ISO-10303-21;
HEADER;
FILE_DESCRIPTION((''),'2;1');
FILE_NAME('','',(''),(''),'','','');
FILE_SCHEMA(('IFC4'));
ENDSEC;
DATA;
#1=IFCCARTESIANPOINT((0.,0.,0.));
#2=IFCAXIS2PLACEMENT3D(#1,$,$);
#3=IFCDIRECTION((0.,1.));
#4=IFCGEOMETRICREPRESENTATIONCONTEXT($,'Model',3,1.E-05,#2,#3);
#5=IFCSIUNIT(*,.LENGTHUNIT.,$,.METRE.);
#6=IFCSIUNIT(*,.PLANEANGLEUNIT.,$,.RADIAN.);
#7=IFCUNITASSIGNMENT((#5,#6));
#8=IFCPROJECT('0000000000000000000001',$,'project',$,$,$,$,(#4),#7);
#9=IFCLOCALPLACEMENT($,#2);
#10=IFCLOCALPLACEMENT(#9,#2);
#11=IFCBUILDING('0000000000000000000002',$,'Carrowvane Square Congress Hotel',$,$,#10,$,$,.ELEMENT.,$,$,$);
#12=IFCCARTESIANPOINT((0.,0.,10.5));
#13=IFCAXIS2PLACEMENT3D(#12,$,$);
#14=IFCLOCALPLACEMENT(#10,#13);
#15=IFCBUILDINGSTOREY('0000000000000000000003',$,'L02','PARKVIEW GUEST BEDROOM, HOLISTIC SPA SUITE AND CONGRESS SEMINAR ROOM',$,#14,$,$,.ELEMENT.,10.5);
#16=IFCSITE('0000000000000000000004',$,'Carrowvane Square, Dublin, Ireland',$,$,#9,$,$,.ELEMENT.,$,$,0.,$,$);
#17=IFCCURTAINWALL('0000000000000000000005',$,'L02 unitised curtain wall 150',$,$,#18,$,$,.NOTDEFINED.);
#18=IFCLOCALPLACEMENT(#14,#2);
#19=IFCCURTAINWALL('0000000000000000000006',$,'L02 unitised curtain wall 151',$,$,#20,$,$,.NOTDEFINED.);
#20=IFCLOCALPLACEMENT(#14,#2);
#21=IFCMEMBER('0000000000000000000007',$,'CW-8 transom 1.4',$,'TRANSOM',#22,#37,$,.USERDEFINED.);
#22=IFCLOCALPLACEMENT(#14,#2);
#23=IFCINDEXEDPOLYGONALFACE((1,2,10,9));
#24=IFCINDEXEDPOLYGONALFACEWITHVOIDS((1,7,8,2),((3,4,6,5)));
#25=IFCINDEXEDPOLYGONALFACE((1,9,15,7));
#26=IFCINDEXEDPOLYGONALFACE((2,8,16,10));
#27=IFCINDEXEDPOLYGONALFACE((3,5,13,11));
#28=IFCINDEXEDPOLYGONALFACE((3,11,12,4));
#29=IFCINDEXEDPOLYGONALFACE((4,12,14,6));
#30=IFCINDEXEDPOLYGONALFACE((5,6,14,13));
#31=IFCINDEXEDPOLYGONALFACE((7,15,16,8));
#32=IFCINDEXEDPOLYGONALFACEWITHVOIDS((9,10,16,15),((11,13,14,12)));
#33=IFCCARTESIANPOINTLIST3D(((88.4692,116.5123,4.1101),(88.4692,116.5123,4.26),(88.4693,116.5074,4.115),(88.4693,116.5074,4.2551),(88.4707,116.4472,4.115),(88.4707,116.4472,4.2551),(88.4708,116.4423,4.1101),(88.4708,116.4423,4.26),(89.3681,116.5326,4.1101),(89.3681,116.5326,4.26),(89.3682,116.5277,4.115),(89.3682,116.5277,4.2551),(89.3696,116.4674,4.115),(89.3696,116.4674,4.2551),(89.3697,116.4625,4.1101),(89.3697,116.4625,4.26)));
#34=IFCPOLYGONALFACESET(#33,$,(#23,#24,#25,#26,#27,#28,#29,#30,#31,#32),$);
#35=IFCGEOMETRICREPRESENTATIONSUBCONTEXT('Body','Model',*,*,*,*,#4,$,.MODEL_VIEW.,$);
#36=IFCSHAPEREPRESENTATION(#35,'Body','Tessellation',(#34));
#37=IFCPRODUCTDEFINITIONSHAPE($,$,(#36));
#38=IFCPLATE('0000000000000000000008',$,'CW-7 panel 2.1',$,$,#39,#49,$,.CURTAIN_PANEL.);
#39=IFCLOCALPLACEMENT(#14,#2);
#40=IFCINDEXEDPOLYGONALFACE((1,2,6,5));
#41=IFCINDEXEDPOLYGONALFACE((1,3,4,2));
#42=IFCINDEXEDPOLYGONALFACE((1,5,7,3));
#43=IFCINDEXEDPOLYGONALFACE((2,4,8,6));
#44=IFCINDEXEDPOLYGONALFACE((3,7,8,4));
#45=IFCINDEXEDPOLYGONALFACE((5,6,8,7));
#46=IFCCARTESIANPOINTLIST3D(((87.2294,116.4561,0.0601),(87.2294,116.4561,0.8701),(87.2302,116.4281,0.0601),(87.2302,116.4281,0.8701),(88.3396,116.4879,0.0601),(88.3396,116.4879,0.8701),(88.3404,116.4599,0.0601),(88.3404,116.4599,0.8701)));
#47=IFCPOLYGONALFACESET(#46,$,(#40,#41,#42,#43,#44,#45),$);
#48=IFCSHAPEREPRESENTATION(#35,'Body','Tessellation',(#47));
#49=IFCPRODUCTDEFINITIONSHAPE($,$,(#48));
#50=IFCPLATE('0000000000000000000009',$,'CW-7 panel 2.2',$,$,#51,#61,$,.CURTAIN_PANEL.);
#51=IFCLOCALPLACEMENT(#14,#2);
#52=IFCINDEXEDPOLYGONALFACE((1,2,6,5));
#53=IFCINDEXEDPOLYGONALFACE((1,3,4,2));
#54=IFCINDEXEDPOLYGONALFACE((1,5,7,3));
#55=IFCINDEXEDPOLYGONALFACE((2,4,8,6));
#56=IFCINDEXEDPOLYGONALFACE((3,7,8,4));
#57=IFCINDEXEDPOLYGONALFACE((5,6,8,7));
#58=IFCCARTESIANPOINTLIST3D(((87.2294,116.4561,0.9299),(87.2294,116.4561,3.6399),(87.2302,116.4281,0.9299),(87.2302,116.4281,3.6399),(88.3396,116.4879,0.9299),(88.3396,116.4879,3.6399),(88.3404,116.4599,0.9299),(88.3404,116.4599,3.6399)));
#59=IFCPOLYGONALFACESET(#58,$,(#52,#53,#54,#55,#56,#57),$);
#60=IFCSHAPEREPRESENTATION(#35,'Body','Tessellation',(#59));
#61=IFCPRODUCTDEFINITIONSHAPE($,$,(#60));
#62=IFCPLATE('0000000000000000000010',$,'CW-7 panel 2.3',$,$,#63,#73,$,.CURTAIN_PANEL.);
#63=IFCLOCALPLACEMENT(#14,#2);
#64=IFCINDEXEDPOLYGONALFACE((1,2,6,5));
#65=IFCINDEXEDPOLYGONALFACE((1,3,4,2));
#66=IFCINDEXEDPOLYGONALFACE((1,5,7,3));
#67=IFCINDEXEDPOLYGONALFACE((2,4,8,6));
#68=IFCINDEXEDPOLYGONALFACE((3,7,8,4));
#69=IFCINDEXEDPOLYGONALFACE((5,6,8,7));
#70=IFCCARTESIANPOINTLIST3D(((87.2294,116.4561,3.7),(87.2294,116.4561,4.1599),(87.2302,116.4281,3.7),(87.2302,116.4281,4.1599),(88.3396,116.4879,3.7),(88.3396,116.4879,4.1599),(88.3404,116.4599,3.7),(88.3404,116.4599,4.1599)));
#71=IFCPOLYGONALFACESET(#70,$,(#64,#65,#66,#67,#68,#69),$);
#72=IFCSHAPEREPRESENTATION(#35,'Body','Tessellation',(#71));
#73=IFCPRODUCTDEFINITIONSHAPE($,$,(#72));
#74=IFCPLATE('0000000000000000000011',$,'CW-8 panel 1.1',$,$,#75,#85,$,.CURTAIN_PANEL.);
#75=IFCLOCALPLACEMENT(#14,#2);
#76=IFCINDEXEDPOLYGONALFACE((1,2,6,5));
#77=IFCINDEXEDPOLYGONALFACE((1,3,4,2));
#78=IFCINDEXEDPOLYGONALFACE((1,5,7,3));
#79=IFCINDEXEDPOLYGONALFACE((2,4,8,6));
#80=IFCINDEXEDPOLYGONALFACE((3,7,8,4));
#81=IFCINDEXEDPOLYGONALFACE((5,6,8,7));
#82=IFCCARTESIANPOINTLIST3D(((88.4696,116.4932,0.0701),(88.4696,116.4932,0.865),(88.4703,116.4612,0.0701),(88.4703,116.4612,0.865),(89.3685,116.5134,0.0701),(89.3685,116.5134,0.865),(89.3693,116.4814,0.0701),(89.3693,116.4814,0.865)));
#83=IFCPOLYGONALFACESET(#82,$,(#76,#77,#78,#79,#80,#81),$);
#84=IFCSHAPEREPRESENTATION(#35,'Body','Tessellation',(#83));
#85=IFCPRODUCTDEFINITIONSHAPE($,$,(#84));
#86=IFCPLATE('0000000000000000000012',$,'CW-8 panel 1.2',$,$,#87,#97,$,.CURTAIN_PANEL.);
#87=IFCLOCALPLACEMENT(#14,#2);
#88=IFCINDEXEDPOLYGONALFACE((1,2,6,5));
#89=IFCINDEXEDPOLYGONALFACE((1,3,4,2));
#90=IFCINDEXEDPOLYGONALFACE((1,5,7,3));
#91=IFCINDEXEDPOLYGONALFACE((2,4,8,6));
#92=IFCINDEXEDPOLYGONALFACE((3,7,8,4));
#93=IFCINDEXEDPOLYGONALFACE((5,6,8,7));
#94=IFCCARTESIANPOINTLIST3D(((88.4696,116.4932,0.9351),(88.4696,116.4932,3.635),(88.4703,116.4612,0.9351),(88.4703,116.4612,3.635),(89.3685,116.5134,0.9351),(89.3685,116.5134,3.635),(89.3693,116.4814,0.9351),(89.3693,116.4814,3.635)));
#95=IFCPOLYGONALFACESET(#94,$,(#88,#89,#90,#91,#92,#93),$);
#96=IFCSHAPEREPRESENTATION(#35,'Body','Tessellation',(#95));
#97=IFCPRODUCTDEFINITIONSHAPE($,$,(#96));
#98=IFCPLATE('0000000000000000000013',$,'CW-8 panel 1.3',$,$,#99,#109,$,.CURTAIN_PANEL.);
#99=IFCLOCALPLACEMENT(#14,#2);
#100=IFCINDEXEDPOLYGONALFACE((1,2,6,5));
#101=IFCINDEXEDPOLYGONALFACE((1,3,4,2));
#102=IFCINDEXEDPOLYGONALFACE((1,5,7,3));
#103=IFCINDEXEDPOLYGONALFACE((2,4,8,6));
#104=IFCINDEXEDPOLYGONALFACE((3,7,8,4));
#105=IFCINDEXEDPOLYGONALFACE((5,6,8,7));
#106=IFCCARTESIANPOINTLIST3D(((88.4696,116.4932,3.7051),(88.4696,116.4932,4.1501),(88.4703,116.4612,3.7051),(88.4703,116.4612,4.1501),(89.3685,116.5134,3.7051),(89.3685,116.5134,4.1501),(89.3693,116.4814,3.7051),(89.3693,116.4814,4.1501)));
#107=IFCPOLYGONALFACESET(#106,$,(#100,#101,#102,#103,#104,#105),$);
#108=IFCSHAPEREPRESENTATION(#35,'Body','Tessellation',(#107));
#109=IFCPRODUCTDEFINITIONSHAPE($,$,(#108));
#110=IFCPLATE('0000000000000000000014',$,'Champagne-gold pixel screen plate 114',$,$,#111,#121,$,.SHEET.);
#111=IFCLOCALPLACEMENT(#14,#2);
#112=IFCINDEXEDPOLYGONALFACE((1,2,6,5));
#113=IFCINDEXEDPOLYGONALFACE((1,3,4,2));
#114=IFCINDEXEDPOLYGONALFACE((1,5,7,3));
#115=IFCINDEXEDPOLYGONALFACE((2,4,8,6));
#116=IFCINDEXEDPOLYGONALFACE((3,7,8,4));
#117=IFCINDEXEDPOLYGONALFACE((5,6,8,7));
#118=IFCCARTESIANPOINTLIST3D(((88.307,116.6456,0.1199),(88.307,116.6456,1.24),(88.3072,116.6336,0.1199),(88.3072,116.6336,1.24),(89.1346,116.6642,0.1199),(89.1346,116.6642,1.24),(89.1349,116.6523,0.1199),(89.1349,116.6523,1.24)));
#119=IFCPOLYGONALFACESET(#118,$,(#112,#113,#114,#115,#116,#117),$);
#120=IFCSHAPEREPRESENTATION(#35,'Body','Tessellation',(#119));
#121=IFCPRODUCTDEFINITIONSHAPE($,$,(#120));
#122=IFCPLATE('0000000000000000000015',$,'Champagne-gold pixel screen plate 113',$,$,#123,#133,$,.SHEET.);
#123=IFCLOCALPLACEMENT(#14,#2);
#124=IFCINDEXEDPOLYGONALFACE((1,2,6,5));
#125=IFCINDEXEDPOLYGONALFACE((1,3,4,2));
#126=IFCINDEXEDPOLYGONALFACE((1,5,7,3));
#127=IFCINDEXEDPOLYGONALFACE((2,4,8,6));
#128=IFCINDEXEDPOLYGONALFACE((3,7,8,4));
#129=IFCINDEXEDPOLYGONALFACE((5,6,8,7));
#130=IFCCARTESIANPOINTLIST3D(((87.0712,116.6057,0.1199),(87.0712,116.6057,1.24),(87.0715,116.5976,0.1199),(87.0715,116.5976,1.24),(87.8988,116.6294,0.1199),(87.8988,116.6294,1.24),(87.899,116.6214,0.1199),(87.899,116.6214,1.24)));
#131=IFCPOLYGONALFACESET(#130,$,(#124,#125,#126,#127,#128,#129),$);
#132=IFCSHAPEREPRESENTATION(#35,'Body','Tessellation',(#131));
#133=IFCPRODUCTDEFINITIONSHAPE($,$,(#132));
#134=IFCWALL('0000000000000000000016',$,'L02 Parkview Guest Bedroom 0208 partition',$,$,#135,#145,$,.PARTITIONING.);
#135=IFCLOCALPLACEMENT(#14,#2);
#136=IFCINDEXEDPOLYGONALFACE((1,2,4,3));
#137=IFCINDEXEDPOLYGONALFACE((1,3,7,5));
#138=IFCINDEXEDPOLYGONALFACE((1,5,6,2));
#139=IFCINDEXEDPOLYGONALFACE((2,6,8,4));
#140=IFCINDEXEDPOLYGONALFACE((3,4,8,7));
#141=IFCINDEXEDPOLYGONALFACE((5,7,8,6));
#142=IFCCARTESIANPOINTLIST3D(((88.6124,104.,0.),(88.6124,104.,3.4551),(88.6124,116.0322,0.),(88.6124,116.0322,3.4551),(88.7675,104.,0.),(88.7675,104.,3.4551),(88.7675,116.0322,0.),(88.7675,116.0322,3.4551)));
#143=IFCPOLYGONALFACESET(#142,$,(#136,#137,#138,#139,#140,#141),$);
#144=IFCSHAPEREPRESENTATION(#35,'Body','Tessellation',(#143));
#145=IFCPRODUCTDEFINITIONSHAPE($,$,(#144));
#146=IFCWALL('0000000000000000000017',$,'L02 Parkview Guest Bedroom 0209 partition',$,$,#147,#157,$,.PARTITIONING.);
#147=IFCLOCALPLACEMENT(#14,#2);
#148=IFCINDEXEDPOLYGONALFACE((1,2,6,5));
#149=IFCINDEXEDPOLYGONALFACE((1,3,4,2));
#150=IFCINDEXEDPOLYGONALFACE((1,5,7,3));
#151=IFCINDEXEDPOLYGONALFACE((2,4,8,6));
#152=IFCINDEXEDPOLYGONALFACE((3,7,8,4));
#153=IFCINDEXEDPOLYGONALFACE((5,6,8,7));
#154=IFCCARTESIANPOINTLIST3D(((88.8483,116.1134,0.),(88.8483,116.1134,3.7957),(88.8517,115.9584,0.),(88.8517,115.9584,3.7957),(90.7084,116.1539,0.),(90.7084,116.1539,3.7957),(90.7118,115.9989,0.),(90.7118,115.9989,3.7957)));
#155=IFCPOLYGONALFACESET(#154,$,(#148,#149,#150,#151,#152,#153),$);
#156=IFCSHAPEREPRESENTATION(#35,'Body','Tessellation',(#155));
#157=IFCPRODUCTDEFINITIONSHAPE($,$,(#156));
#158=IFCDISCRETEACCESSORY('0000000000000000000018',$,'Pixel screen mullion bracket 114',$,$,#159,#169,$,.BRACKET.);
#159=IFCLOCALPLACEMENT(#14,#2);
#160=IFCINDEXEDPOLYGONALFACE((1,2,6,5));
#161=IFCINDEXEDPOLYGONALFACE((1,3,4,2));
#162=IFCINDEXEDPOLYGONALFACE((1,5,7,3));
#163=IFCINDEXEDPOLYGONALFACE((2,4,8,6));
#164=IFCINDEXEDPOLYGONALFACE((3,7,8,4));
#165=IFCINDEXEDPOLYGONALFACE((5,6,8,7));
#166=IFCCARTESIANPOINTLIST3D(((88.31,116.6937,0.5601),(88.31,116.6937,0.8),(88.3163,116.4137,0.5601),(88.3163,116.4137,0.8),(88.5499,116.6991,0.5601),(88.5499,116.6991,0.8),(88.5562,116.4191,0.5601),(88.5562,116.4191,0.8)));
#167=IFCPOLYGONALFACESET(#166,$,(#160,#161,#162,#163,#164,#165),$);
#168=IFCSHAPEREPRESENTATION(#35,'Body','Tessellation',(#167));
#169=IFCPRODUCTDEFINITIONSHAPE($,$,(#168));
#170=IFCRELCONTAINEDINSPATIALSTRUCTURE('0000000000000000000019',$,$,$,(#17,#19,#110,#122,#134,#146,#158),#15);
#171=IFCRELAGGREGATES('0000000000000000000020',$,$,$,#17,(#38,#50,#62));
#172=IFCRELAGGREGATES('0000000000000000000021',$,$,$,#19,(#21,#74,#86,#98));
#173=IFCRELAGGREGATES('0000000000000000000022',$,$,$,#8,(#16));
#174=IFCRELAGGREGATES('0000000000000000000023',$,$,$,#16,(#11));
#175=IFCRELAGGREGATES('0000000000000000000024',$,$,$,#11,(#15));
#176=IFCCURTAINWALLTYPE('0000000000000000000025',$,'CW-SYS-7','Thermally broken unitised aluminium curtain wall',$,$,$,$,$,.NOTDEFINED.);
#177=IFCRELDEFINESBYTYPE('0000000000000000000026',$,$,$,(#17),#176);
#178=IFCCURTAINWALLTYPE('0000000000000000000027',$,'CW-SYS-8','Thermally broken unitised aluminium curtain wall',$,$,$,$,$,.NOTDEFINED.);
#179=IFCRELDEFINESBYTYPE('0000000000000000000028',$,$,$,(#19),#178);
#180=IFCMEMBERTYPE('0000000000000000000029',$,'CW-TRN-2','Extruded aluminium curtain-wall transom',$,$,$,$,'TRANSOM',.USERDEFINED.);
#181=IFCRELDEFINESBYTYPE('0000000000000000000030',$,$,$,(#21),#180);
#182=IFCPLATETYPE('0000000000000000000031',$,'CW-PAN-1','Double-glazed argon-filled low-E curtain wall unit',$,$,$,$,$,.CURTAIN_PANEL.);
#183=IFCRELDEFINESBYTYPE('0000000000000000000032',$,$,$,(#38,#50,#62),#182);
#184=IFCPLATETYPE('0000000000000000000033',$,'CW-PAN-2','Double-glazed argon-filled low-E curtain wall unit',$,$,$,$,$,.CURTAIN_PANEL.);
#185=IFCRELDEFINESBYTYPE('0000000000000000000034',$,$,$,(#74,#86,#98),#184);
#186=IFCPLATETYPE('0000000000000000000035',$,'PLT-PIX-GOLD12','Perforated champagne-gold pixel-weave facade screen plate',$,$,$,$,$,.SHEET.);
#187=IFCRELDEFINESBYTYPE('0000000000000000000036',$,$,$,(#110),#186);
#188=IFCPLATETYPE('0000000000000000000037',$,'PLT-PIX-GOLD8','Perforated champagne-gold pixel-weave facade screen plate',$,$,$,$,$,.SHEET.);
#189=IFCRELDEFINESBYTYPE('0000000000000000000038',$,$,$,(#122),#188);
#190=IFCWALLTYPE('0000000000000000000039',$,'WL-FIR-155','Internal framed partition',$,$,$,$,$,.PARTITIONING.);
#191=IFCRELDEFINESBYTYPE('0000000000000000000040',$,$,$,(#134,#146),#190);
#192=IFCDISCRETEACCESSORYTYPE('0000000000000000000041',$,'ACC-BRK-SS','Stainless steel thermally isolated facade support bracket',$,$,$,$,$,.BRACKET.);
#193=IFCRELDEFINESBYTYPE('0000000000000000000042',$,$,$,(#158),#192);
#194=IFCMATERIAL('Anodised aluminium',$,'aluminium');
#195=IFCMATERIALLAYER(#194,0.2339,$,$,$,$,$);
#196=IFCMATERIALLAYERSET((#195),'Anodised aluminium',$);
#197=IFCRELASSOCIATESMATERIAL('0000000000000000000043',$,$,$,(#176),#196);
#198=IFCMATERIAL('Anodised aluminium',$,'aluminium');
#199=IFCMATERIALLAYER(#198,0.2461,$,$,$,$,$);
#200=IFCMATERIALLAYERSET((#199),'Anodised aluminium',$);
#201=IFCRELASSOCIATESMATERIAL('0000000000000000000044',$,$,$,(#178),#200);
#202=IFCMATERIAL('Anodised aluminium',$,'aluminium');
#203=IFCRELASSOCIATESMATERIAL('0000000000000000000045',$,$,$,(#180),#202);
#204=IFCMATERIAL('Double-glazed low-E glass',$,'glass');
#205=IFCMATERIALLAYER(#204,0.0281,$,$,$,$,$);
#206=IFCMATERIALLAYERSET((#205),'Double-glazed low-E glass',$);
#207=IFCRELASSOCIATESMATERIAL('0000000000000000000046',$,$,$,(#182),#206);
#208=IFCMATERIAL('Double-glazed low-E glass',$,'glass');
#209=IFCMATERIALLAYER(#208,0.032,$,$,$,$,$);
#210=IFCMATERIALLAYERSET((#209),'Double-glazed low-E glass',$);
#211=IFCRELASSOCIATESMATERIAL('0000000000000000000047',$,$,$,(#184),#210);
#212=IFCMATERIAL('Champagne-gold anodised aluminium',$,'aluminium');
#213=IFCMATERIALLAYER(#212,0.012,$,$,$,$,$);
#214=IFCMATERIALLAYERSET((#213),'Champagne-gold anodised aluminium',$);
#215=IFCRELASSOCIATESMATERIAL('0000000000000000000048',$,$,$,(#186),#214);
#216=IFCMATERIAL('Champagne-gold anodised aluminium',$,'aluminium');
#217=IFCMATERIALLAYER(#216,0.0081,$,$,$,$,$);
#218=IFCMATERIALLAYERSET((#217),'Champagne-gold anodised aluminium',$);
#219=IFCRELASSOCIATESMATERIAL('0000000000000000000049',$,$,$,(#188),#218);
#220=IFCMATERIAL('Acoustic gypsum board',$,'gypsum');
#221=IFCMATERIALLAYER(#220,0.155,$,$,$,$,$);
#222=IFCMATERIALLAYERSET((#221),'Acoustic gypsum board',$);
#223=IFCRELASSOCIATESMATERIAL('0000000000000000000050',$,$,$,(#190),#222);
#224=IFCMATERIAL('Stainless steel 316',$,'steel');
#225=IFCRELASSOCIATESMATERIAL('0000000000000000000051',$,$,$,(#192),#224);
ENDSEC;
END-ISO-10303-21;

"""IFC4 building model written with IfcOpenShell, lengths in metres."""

from ifc_helpers import new_model, si_unit, direction, frame, frame_2d, origin, origin_2d, place, context, subcontext, project, spatial, rectangle, hollow_rectangle, extrude, material, layer, layer_set, material_profile, profile_set, type_object, element, aggregate, save


model = new_model("IFC4")

# Units and contexts
model_context = context("Model", 3, precision=1e-05, world=origin(), true_north=direction((0.0, 1.0)))
body_context = subcontext(model_context, "Body", "Model", "MODEL_VIEW")
ifc_project = project(units=[si_unit("LENGTHUNIT", "METRE"), si_unit("PLANEANGLEUNIT", "RADIAN")], contexts=[model_context])

# Site, building, storey
site_placement = place(None, origin())
site = spatial("IfcSite", under=ifc_project, at=site_placement, Name="Carrowvane Square, Dublin, Ireland", CompositionType="ELEMENT", RefElevation=0.0)
building_placement = place(site_placement, origin())
building = spatial("IfcBuilding", under=site, at=building_placement, Name="Carrowvane Square Congress Hotel", CompositionType="ELEMENT")
storey_placement = place(building_placement, frame((0.0, 0.0, 10.5)))
storey = spatial("IfcBuildingStorey", under=building, at=storey_placement, Name="L02", Description="PARKVIEW GUEST BEDROOM, HOLISTIC SPA SUITE AND CONGRESS SEMINAR ROOM", CompositionType="ELEMENT", Elevation=10.5)

# Curtain wall
ifc_material_1 = material(Name="Anodised aluminium", Category="aluminium")
ifc_layer_1 = layer(ifc_material_1, 0.2339)
ifc_layer_set_1 = layer_set([ifc_layer_1], Name="Anodised aluminium")
curtain_wall_type_1 = type_object("IfcCurtainWallType", Name="CW-SYS-7", Description="Thermally broken unitised aluminium curtain wall", PredefinedType="NOTDEFINED", material=ifc_layer_set_1)
curtain_wall_1_placement = place(storey_placement, origin())
curtain_wall_1 = element("IfcCurtainWall", 1, at=curtain_wall_1_placement, inside=storey, type_object=curtain_wall_type_1, Name="L02 unitised curtain wall 150", PredefinedType="NOTDEFINED")

# Curtain wall
ifc_material_2 = material(Name="Anodised aluminium", Category="aluminium")
ifc_layer_2 = layer(ifc_material_2, 0.2461)
ifc_layer_set_2 = layer_set([ifc_layer_2], Name="Anodised aluminium")
curtain_wall_type_2 = type_object("IfcCurtainWallType", Name="CW-SYS-8", Description="Thermally broken unitised aluminium curtain wall", PredefinedType="NOTDEFINED", material=ifc_layer_set_2)
curtain_wall_2_placement = place(storey_placement, origin())
curtain_wall_2 = element("IfcCurtainWall", 2, at=curtain_wall_2_placement, inside=storey, type_object=curtain_wall_type_2, Name="L02 unitised curtain wall 151", PredefinedType="NOTDEFINED")

# Member
ifc_material_3 = material(Name="Anodised aluminium", Category="aluminium")
ifc_material_profile_1 = material_profile(ifc_material_3, hollow_rectangle(XDim=0.0701, YDim=0.1499, WallThickness=0.0049, at=origin_2d()), Name="CW-TR 70x150x5")
ifc_profile_set_1 = profile_set([ifc_material_profile_1], Name="Anodised aluminium")
member_type_1 = type_object("IfcMemberType", Name="CW-TRN-2", Description="Extruded aluminium curtain-wall transom", ElementType="TRANSOM", PredefinedType="USERDEFINED", material=ifc_profile_set_1)
member_1_placement = place(storey_placement, frame((88.47, 116.4773, 4.1851), z_axis=(0.999746, 0.022536, 0.0), x_axis=(-0.022536, 0.999746, 0.0)))
member_1 = element("IfcMember", 3, at=member_1_placement, type_object=member_type_1, Name="CW-8 transom 1.4", ObjectType="TRANSOM", PredefinedType="USERDEFINED", context=body_context, shape_type="SweptSolid", body=[
    extrude(hollow_rectangle(XDim=0.0701, YDim=0.1499, WallThickness=0.0049, at=origin_2d()), origin(), (0.0, 0.0, 1.0), 0.8992),
])

# Plates
ifc_material_4 = material(Name="Double-glazed low-E glass", Category="glass")
ifc_layer_3 = layer(ifc_material_4, 0.0281)
ifc_layer_set_3 = layer_set([ifc_layer_3], Name="Double-glazed low-E glass")
plate_type_1 = type_object("IfcPlateType", Name="CW-PAN-1", Description="Double-glazed argon-filled low-E curtain wall unit", PredefinedType="CURTAIN_PANEL", material=ifc_layer_set_3)
plate_1_placement = place(storey_placement, frame((87.7849, 116.458, 0.0601), z_axis=(0.0, 0.0, 1.0), x_axis=(0.99959, 0.028638, 0.0)))
plate_1 = element("IfcPlate", 4, at=plate_1_placement, type_object=plate_type_1, Name="CW-7 panel 2.1", PredefinedType="CURTAIN_PANEL", context=body_context, shape_type="SweptSolid", body=[
    extrude(rectangle(XDim=1.1106, YDim=0.0281, at=origin_2d()), origin(), (0.0, 0.0, 1.0), 0.8101),
])
plate_2_placement = place(storey_placement, frame((87.7849, 116.458, 0.9299), z_axis=(0.0, 0.0, 1.0), x_axis=(0.99959, 0.028638, 0.0)))
plate_2 = element("IfcPlate", 5, at=plate_2_placement, type_object=plate_type_1, Name="CW-7 panel 2.2", PredefinedType="CURTAIN_PANEL", context=body_context, shape_type="SweptSolid", body=[
    extrude(rectangle(XDim=1.1106, YDim=0.0281, at=origin_2d()), origin(), (0.0, 0.0, 1.0), 2.71),
])
plate_3_placement = place(storey_placement, frame((87.7849, 116.458, 3.7), z_axis=(0.0, 0.0, 1.0), x_axis=(0.99959, 0.028638, 0.0)))
plate_3 = element("IfcPlate", 6, at=plate_3_placement, type_object=plate_type_1, Name="CW-7 panel 2.3", PredefinedType="CURTAIN_PANEL", context=body_context, shape_type="SweptSolid", body=[
    extrude(rectangle(XDim=1.1106, YDim=0.0281, at=origin_2d()), origin(), (0.0, 0.0, 1.0), 0.46),
])
aggregate(curtain_wall_1, [plate_1, plate_2, plate_3])
ifc_material_5 = material(Name="Double-glazed low-E glass", Category="glass")
ifc_layer_4 = layer(ifc_material_5, 0.032)
ifc_layer_set_4 = layer_set([ifc_layer_4], Name="Double-glazed low-E glass")
plate_type_2 = type_object("IfcPlateType", Name="CW-PAN-2", Description="Double-glazed argon-filled low-E curtain wall unit", PredefinedType="CURTAIN_PANEL", material=ifc_layer_set_4)
plate_4_placement = place(storey_placement, frame((88.9194, 116.4873, 0.0701), z_axis=(0.0, 0.0, 1.0), x_axis=(0.999746, 0.022518, 0.0)))
plate_4 = element("IfcPlate", 7, at=plate_4_placement, type_object=plate_type_2, Name="CW-8 panel 1.1", PredefinedType="CURTAIN_PANEL", context=body_context, shape_type="SweptSolid", body=[
    extrude(rectangle(XDim=0.8992, YDim=0.032, at=origin_2d()), origin(), (0.0, 0.0, 1.0), 0.7949),
])
plate_5_placement = place(storey_placement, frame((88.9194, 116.4873, 0.9351), z_axis=(0.0, 0.0, 1.0), x_axis=(0.999746, 0.022518, 0.0)))
plate_5 = element("IfcPlate", 8, at=plate_5_placement, type_object=plate_type_2, Name="CW-8 panel 1.2", PredefinedType="CURTAIN_PANEL", context=body_context, shape_type="SweptSolid", body=[
    extrude(rectangle(XDim=0.8992, YDim=0.032, at=origin_2d()), origin(), (0.0, 0.0, 1.0), 2.7),
])
plate_6_placement = place(storey_placement, frame((88.9194, 116.4873, 3.7051), z_axis=(0.0, 0.0, 1.0), x_axis=(0.999746, 0.022518, 0.0)))
plate_6 = element("IfcPlate", 9, at=plate_6_placement, type_object=plate_type_2, Name="CW-8 panel 1.3", PredefinedType="CURTAIN_PANEL", context=body_context, shape_type="SweptSolid", body=[
    extrude(rectangle(XDim=0.8992, YDim=0.032, at=origin_2d()), origin(), (0.0, 0.0, 1.0), 0.4451),
])
aggregate(curtain_wall_2, [member_1, plate_4, plate_5, plate_6])

# Plates
ifc_material_6 = material(Name="Champagne-gold anodised aluminium", Category="aluminium")
ifc_layer_5 = layer(ifc_material_6, 0.012)
ifc_layer_set_5 = layer_set([ifc_layer_5], Name="Champagne-gold anodised aluminium")
plate_type_3 = type_object("IfcPlateType", Name="PLT-PIX-GOLD12", Description="Perforated champagne-gold pixel-weave facade screen plate", PredefinedType="SHEET", material=ifc_layer_set_5)
plate_7_placement = place(storey_placement, frame((88.7209, 116.6489, 0.1199), z_axis=(0.0, 0.0, 1.0), x_axis=(0.999746, 0.022519, 0.0)))
element("IfcPlate", 10, at=plate_7_placement, inside=storey, type_object=plate_type_3, Name="Champagne-gold pixel screen plate 114", PredefinedType="SHEET", context=body_context, shape_type="SweptSolid", body=[
    extrude(rectangle(XDim=0.8279, YDim=0.012, at=origin_2d()), origin(), (0.0, 0.0, 1.0), 1.1201),
])
ifc_material_7 = material(Name="Champagne-gold anodised aluminium", Category="aluminium")
ifc_layer_6 = layer(ifc_material_7, 0.0081)
ifc_layer_set_6 = layer_set([ifc_layer_6], Name="Champagne-gold anodised aluminium")
plate_type_4 = type_object("IfcPlateType", Name="PLT-PIX-GOLD8", Description="Perforated champagne-gold pixel-weave facade screen plate", PredefinedType="SHEET", material=ifc_layer_set_6)
plate_8_placement = place(storey_placement, frame((87.4851, 116.6135, 0.1199), z_axis=(0.0, 0.0, 1.0), x_axis=(0.99959, 0.028639, 0.0)))
element("IfcPlate", 11, at=plate_8_placement, inside=storey, type_object=plate_type_4, Name="Champagne-gold pixel screen plate 113", PredefinedType="SHEET", context=body_context, shape_type="SweptSolid", body=[
    extrude(rectangle(XDim=0.8279, YDim=0.0081, at=origin_2d()), origin(), (0.0, 0.0, 1.0), 1.1201),
])

# Walls
ifc_material_8 = material(Name="Acoustic gypsum board", Category="gypsum")
ifc_layer_7 = layer(ifc_material_8, 0.155)
ifc_layer_set_7 = layer_set([ifc_layer_7], Name="Acoustic gypsum board")
wall_type = type_object("IfcWallType", Name="WL-FIR-155", Description="Internal framed partition", PredefinedType="PARTITIONING", material=ifc_layer_set_7)
wall_1_placement = place(storey_placement, frame((88.6899, 116.0322, 0.0), z_axis=(0.0, 0.0, 1.0), x_axis=(0.0, -1.0, 0.0)))
element("IfcWall", 12, at=wall_1_placement, inside=storey, type_object=wall_type, Name="L02 Parkview Guest Bedroom 0208 partition", PredefinedType="PARTITIONING", context=body_context, shape_type="SweptSolid", body=[
    extrude(rectangle(XDim=12.0322, YDim=0.155, at=frame_2d((6.0161, 0.0))), origin(), (0.0, 0.0, 1.0), 3.4551),
])
wall_2_placement = place(storey_placement, frame((88.8501, 116.0359, 0.0), z_axis=(0.0, 0.0, 1.0), x_axis=(0.999763, 0.021782, 0.0)))
element("IfcWall", 13, at=wall_2_placement, inside=storey, type_object=wall_type, Name="L02 Parkview Guest Bedroom 0209 partition", PredefinedType="PARTITIONING", context=body_context, shape_type="SweptSolid", body=[
    extrude(rectangle(XDim=1.8606, YDim=0.155, at=frame_2d((0.9302, 0.0))), origin(), (0.0, 0.0, 1.0), 3.7957),
])

# Discrete accessory
ifc_material_9 = material(Name="Stainless steel 316", Category="steel")
discrete_accessory_type = type_object("IfcDiscreteAccessoryType", Name="ACC-BRK-SS", Description="Stainless steel thermally isolated facade support bracket", PredefinedType="BRACKET", material=ifc_material_9)
discrete_accessory_placement = place(storey_placement, frame((88.4331, 116.5564, 0.5601), z_axis=(0.0, 0.0, 1.0), x_axis=(0.999746, 0.022519, 0.0)))
element("IfcDiscreteAccessory", 14, at=discrete_accessory_placement, inside=storey, type_object=discrete_accessory_type, Name="Pixel screen mullion bracket 114", PredefinedType="BRACKET", context=body_context, shape_type="SweptSolid", body=[
    extrude(rectangle(XDim=0.24, YDim=0.28, at=origin_2d()), origin(), (0.0, 0.0, 1.0), 0.24),
])

save(model, "model.ifc")
